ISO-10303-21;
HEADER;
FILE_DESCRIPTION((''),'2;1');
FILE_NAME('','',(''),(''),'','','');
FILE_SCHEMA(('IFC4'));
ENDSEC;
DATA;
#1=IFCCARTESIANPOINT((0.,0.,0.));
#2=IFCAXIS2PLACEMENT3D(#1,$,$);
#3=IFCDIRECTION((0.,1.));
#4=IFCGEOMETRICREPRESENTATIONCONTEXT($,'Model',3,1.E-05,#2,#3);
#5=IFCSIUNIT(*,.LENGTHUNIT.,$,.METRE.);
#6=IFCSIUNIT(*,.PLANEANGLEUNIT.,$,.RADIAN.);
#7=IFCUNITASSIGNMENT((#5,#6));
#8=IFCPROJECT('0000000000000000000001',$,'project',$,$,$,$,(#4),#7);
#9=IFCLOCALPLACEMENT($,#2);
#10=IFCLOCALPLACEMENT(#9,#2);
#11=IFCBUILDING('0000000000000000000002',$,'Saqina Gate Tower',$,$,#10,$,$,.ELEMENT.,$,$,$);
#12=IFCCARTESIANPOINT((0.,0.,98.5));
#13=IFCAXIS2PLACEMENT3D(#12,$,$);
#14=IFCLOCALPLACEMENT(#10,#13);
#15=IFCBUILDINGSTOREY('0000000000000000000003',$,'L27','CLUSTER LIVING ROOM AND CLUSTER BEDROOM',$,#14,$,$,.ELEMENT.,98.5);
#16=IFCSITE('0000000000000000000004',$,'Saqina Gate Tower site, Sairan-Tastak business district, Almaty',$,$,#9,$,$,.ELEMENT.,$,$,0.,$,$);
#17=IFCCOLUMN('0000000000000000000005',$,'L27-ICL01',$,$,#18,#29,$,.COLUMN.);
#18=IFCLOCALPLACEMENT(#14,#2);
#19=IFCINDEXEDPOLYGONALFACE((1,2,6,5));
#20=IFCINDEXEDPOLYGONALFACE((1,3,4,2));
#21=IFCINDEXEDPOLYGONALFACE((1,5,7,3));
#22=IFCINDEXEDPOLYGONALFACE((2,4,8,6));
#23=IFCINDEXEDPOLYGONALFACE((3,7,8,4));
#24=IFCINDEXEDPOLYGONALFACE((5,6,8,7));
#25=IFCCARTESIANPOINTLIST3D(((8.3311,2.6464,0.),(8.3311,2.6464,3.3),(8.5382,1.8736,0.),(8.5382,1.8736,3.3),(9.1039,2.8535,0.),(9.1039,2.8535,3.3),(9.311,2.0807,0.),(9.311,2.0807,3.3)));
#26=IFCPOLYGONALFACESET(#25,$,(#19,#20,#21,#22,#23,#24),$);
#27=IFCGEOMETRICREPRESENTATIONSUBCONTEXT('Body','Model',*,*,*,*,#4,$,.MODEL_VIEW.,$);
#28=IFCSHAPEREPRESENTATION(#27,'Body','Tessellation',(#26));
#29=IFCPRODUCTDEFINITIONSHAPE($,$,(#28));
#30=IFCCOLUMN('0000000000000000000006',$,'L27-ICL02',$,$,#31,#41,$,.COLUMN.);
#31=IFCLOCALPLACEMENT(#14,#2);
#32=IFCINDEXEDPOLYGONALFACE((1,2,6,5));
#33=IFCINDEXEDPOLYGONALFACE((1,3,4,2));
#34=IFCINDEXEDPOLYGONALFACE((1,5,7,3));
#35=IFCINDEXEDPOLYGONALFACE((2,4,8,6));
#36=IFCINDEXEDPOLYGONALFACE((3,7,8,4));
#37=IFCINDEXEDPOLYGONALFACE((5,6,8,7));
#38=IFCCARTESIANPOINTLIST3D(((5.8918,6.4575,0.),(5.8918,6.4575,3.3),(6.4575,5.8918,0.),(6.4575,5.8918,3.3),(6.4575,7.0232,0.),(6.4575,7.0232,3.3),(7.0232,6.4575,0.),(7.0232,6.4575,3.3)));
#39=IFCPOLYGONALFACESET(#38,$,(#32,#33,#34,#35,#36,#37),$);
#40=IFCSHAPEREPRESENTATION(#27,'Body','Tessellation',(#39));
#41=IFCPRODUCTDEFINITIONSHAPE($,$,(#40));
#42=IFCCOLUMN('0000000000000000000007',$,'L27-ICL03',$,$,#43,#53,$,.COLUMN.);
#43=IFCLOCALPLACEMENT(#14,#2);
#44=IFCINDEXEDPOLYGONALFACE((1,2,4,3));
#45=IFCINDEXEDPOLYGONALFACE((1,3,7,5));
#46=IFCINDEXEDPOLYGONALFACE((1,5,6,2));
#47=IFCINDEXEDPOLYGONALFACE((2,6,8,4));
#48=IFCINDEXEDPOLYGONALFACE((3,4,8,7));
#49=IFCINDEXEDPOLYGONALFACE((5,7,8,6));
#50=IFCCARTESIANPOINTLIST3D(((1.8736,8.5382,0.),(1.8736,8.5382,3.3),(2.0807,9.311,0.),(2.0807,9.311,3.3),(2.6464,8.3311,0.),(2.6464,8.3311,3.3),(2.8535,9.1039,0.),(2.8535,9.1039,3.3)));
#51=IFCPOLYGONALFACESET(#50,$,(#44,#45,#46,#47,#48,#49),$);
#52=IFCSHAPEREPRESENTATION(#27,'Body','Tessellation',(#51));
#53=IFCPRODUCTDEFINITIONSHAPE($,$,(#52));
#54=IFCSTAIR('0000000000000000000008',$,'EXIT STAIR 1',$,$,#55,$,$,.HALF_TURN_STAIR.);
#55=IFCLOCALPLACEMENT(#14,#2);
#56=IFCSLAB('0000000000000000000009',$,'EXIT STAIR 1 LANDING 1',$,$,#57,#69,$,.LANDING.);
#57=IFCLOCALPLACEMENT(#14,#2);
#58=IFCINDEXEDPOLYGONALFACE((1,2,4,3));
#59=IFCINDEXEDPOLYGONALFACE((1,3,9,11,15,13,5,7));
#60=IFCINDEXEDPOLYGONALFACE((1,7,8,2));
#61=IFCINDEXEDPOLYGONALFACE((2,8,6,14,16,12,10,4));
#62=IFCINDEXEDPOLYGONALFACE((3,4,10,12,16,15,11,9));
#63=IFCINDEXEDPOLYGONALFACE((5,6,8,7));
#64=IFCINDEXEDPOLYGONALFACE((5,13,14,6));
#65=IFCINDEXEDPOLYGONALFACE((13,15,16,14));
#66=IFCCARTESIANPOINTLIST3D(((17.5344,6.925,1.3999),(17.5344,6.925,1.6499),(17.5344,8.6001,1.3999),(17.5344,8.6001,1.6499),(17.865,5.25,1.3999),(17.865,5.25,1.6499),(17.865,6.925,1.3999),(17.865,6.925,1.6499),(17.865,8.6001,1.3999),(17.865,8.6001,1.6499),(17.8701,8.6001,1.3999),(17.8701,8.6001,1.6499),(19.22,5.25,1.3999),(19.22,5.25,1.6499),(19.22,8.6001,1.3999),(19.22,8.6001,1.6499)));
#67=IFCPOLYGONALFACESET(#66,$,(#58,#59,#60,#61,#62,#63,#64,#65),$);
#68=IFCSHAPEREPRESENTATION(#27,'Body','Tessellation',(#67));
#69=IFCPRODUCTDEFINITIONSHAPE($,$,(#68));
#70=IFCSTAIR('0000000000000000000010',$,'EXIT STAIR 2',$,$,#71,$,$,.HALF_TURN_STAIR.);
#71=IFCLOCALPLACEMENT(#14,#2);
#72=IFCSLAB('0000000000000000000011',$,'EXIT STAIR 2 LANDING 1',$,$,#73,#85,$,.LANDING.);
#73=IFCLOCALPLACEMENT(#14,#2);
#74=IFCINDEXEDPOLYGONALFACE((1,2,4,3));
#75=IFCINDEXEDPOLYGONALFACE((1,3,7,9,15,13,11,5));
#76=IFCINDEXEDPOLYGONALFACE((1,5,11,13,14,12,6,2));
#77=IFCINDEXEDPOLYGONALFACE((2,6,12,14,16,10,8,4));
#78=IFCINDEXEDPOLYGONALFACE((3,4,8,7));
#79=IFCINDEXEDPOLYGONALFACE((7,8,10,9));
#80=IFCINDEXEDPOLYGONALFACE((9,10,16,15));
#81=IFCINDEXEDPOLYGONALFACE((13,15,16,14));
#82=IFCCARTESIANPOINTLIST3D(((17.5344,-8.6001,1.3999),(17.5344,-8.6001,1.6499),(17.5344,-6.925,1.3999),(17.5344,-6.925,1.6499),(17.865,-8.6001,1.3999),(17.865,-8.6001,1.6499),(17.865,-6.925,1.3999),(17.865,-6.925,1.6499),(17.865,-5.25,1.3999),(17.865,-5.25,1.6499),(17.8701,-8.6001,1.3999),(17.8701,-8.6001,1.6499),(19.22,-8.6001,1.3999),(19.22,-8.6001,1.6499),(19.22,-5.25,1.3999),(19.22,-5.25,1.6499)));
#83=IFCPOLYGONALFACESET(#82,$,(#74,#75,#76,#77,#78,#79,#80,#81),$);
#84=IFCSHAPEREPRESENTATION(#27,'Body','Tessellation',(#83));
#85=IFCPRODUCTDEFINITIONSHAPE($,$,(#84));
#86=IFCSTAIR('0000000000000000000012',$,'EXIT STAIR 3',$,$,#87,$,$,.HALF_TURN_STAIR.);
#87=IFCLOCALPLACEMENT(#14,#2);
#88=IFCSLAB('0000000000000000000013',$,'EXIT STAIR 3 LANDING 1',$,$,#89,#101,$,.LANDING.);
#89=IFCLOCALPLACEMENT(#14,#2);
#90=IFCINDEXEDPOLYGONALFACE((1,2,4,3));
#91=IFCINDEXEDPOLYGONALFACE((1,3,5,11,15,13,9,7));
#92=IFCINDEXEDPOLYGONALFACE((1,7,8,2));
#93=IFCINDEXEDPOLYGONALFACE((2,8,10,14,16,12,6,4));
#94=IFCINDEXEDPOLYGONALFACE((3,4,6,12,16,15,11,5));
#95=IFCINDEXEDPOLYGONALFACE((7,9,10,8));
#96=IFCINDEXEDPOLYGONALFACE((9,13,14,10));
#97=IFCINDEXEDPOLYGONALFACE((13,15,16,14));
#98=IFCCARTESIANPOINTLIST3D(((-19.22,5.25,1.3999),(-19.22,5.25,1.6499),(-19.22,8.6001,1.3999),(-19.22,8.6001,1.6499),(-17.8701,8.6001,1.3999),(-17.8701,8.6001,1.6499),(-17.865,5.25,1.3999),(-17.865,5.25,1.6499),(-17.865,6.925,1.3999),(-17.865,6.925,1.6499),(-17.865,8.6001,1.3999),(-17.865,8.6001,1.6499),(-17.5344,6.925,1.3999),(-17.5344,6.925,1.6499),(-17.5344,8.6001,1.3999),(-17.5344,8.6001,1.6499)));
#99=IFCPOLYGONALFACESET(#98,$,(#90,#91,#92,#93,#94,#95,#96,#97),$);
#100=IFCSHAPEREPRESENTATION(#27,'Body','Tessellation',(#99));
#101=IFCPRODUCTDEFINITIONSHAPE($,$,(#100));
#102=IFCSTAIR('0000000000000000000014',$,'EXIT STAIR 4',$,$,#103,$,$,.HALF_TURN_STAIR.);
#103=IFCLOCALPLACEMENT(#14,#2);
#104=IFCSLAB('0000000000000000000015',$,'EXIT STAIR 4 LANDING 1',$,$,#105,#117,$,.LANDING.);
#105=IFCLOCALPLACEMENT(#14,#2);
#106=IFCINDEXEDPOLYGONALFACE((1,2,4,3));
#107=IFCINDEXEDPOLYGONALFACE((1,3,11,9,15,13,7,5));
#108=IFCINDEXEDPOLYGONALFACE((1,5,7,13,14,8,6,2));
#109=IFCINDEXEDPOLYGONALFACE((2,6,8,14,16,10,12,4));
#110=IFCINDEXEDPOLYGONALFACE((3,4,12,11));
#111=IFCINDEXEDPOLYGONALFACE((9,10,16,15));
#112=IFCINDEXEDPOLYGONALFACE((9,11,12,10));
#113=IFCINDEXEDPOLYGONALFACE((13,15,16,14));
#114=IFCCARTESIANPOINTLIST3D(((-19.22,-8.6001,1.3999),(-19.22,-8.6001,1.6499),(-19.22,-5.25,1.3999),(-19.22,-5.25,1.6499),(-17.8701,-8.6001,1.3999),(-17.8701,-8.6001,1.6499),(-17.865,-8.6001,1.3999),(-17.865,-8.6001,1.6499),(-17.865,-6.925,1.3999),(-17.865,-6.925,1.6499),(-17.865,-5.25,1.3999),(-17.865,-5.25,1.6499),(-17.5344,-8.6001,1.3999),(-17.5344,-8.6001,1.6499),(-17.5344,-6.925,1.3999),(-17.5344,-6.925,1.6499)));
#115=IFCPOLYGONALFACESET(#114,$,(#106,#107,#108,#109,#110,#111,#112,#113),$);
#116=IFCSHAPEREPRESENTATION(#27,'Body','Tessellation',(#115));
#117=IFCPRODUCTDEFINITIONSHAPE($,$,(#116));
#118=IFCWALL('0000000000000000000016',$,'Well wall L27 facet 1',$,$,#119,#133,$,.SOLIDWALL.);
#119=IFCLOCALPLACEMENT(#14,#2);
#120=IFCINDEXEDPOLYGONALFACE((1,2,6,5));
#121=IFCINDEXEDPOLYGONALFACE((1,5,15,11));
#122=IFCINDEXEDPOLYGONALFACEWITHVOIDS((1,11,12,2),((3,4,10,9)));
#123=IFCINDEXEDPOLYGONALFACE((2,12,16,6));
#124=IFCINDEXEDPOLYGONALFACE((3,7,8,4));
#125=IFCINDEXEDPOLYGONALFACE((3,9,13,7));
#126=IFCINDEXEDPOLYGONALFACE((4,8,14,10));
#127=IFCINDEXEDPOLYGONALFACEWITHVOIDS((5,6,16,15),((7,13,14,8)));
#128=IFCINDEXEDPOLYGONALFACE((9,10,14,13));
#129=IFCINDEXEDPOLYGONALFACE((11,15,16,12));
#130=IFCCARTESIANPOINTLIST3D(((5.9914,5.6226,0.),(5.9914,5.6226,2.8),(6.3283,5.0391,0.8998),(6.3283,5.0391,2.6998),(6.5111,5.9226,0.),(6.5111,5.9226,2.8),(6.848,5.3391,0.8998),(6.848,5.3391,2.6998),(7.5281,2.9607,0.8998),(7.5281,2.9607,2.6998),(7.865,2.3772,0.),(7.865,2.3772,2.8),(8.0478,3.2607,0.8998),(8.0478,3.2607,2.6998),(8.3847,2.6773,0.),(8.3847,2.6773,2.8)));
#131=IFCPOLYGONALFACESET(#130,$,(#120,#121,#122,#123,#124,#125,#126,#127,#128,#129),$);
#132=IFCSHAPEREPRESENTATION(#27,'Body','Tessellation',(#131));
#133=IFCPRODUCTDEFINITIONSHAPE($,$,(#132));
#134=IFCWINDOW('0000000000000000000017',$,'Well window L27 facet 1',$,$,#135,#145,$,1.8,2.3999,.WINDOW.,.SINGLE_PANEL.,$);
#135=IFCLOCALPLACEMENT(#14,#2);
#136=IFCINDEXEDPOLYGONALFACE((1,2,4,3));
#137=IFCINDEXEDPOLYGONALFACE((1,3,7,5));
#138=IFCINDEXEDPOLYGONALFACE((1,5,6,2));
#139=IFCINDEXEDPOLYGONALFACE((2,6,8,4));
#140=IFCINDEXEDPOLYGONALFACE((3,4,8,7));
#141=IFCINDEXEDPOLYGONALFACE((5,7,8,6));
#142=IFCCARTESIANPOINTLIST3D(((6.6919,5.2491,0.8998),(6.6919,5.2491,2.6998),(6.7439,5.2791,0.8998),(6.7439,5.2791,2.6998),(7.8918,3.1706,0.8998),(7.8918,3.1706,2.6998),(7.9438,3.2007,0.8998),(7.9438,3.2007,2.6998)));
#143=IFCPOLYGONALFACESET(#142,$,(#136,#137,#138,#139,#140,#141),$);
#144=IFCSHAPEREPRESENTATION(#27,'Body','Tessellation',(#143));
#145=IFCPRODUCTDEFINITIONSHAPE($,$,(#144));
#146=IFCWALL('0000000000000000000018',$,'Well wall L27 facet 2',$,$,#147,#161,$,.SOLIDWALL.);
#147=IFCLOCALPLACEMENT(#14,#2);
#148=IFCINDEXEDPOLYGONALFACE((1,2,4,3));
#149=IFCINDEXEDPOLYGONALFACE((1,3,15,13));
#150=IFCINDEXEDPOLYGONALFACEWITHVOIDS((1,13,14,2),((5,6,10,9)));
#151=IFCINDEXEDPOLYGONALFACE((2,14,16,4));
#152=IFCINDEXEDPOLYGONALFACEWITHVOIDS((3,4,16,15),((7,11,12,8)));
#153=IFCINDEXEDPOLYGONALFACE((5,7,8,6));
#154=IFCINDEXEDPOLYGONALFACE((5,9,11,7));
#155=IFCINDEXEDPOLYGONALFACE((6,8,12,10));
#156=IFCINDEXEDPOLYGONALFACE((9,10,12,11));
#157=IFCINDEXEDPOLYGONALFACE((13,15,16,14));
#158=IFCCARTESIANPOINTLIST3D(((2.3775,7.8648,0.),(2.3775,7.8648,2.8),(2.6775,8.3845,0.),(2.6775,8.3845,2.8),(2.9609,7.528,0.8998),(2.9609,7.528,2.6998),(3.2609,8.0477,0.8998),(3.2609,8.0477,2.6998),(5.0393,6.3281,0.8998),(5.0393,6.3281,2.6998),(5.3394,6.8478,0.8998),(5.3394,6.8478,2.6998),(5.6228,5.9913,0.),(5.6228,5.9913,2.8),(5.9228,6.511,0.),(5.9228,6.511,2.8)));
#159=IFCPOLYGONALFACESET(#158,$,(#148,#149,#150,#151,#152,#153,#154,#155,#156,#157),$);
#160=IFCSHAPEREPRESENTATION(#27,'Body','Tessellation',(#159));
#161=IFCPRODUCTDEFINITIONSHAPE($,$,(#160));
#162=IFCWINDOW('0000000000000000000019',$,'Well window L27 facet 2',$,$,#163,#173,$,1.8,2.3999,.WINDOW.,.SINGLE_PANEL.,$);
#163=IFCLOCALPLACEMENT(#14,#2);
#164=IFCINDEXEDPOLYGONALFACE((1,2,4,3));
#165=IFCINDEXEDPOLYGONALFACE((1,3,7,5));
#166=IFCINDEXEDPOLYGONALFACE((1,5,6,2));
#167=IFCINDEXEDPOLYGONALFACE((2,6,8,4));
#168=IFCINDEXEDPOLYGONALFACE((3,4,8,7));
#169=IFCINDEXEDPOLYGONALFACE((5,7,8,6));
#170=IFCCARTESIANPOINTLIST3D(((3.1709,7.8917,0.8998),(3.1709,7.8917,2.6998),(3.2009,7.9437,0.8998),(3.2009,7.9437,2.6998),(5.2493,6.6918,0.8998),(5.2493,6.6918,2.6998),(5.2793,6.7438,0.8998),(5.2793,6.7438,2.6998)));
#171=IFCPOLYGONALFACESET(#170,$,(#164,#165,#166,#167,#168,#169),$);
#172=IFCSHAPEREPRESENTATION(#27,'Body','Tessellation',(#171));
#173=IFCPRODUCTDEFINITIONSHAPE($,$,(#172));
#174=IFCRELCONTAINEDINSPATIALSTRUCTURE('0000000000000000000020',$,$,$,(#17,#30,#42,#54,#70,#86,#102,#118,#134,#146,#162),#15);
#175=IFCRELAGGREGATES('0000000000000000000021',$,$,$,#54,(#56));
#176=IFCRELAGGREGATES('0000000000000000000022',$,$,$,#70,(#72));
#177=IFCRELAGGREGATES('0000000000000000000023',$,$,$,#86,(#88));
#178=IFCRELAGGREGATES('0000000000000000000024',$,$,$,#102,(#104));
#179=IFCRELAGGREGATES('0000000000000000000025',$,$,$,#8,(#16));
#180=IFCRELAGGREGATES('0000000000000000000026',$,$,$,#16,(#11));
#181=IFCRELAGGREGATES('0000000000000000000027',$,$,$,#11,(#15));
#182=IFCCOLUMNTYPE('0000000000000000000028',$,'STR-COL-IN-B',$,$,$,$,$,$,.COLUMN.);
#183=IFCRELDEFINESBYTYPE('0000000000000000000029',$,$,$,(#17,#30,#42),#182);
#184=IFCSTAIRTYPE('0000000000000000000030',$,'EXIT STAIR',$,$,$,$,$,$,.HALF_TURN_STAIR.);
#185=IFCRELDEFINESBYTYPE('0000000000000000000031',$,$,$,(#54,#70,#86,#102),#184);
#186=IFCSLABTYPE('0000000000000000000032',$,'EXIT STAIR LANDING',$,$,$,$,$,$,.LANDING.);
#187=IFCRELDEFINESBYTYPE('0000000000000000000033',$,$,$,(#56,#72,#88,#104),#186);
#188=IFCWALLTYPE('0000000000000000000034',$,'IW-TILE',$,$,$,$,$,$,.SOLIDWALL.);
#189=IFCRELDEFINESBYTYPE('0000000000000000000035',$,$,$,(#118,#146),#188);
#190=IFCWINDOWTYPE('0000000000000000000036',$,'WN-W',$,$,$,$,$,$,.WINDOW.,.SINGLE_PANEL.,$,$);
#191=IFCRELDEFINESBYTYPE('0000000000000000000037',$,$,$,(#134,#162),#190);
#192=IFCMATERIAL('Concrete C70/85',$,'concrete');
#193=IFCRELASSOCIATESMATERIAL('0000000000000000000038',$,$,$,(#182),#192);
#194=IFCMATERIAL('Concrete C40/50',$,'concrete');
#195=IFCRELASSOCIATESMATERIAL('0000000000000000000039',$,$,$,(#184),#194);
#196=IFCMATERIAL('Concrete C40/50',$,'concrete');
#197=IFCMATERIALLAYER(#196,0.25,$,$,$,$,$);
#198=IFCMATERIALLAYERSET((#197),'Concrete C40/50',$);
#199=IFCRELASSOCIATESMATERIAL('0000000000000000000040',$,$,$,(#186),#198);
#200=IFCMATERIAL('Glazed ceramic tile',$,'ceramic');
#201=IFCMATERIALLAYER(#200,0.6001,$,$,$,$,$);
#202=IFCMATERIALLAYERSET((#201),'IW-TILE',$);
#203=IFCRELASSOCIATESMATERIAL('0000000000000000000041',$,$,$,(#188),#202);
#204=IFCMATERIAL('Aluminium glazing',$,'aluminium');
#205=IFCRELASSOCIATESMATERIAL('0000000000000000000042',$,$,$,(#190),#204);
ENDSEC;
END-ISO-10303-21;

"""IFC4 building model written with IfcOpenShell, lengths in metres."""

from ifc_helpers import new_model, si_unit, direction, frame, frame_2d, origin, origin_2d, place, context, subcontext, project, spatial, polyline, rectangle, outline, extrude, material, layer, layer_set, material_profile, profile_set, type_object, element, fill, aggregate, save


model = new_model("IFC4")

# Units and contexts
model_context = context("Model", 3, precision=1e-05, world=origin(), true_north=direction((0.0, 1.0)))
body_context = subcontext(model_context, "Body", "Model", "MODEL_VIEW")
ifc_project = project(units=[si_unit("LENGTHUNIT", "METRE"), si_unit("PLANEANGLEUNIT", "RADIAN")], contexts=[model_context])

# Site, building, storey
site_placement = place(None, origin())
site = spatial("IfcSite", under=ifc_project, at=site_placement, Name="Saqina Gate Tower site, Sairan-Tastak business district, Almaty", CompositionType="ELEMENT", RefElevation=0.0)
building_placement = place(site_placement, origin())
building = spatial("IfcBuilding", under=site, at=building_placement, Name="Saqina Gate Tower", CompositionType="ELEMENT")
storey_placement = place(building_placement, frame((0.0, 0.0, 98.5)))
storey = spatial("IfcBuildingStorey", under=building, at=storey_placement, Name="L27", Description="CLUSTER LIVING ROOM AND CLUSTER BEDROOM", CompositionType="ELEMENT", Elevation=98.5)

# Columns
ifc_material_1 = material(Name="Concrete C70/85", Category="concrete")
ifc_material_profile = material_profile(ifc_material_1, rectangle(XDim=0.8, YDim=0.8, at=origin_2d()), Name="RC 800x800")
ifc_profile_set = profile_set([ifc_material_profile], Name="Concrete C70/85")
column_type = type_object("IfcColumnType", Name="STR-COL-IN-B", PredefinedType="COLUMN", material=ifc_profile_set)
for number, where, z_axis, x_axis, name in (
    (1, (8.821, 2.3635, 0.0), (0.0, 0.0, 1.0), (0.965926, 0.258819, 0.0), "L27-ICL01"),
    (2, (6.4575, 6.4575, 0.0), (0.0, 0.0, 1.0), (0.707107, 0.707107, 0.0), "L27-ICL02"),
    (3, (2.3635, 8.821, 0.0), (0.0, 0.0, 1.0), (0.258819, 0.965926, 0.0), "L27-ICL03"),
):
    element("IfcColumn", number, at=place(storey_placement, frame(where, z_axis=z_axis, x_axis=x_axis)), inside=storey, type_object=column_type, Name=name, PredefinedType="COLUMN", context=body_context, shape_type="SweptSolid", body=[
        extrude(rectangle(XDim=0.8, YDim=0.8, at=origin_2d()), origin(), (0.0, 0.0, 1.0), 3.3),
    ])

# Stairs, slabs
ifc_material_2 = material(Name="Concrete C40/50", Category="concrete")
stair_type = type_object("IfcStairType", Name="EXIT STAIR", PredefinedType="HALF_TURN_STAIR", material=ifc_material_2)
stair_1_placement = place(storey_placement, origin())
stair_1 = element("IfcStair", 4, at=stair_1_placement, inside=storey, type_object=stair_type, Name="EXIT STAIR 1", PredefinedType="HALF_TURN_STAIR")
ifc_material_3 = material(Name="Concrete C40/50", Category="concrete")
ifc_layer_1 = layer(ifc_material_3, 0.25)
ifc_layer_set_1 = layer_set([ifc_layer_1], Name="Concrete C40/50")
slab_type = type_object("IfcSlabType", Name="EXIT STAIR LANDING", PredefinedType="LANDING", material=ifc_layer_set_1)
slab_1_placement = place(storey_placement, frame((0.0, 0.0, 1.3999)))
slab_1 = element("IfcSlab", 5, at=slab_1_placement, type_object=slab_type, Name="EXIT STAIR 1 LANDING 1", PredefinedType="LANDING", context=body_context, shape_type="SweptSolid", body=[
    extrude(outline(polyline([(19.22, 8.6001), (19.22, 5.25), (17.865, 5.25), (17.865, 6.925), (17.5344, 6.925), (17.5344, 8.6001), (17.865, 8.6001), (17.8701, 8.6001), (19.22, 8.6001)])), origin(), (0.0, 0.0, 1.0), 0.25),
])
aggregate(stair_1, [slab_1])
stair_2_placement = place(storey_placement, origin())
stair_2 = element("IfcStair", 6, at=stair_2_placement, inside=storey, type_object=stair_type, Name="EXIT STAIR 2", PredefinedType="HALF_TURN_STAIR")
slab_2_placement = place(storey_placement, frame((0.0, 0.0, 1.3999)))
slab_2 = element("IfcSlab", 7, at=slab_2_placement, type_object=slab_type, Name="EXIT STAIR 2 LANDING 1", PredefinedType="LANDING", context=body_context, shape_type="SweptSolid", body=[
    extrude(outline(polyline([(17.5344, -8.6001), (17.5344, -6.925), (17.865, -6.925), (17.865, -5.25), (19.22, -5.25), (19.22, -8.6001), (17.8701, -8.6001), (17.865, -8.6001), (17.5344, -8.6001)])), origin(), (0.0, 0.0, 1.0), 0.25),
])
aggregate(stair_2, [slab_2])
stair_3_placement = place(storey_placement, origin())
stair_3 = element("IfcStair", 8, at=stair_3_placement, inside=storey, type_object=stair_type, Name="EXIT STAIR 3", PredefinedType="HALF_TURN_STAIR")
slab_3_placement = place(storey_placement, frame((0.0, 0.0, 1.3999)))
slab_3 = element("IfcSlab", 9, at=slab_3_placement, type_object=slab_type, Name="EXIT STAIR 3 LANDING 1", PredefinedType="LANDING", context=body_context, shape_type="SweptSolid", body=[
    extrude(outline(polyline([(-17.865, 5.25), (-19.22, 5.25), (-19.22, 8.6001), (-17.8701, 8.6001), (-17.865, 8.6001), (-17.5344, 8.6001), (-17.5344, 6.925), (-17.865, 6.925), (-17.865, 5.25)])), origin(), (0.0, 0.0, 1.0), 0.25),
])
aggregate(stair_3, [slab_3])
stair_4_placement = place(storey_placement, origin())
stair_4 = element("IfcStair", 10, at=stair_4_placement, inside=storey, type_object=stair_type, Name="EXIT STAIR 4", PredefinedType="HALF_TURN_STAIR")
slab_4_placement = place(storey_placement, frame((0.0, 0.0, 1.3999)))
slab_4 = element("IfcSlab", 11, at=slab_4_placement, type_object=slab_type, Name="EXIT STAIR 4 LANDING 1", PredefinedType="LANDING", context=body_context, shape_type="SweptSolid", body=[
    extrude(outline(polyline([(-17.5344, -6.925), (-17.5344, -8.6001), (-17.865, -8.6001), (-17.8701, -8.6001), (-19.22, -8.6001), (-19.22, -5.25), (-17.865, -5.25), (-17.865, -6.925), (-17.5344, -6.925)])), origin(), (0.0, 0.0, 1.0), 0.25),
])
aggregate(stair_4, [slab_4])

# Walls, openings, windows
ifc_material_4 = material(Name="Glazed ceramic tile", Category="ceramic")
ifc_layer_2 = layer(ifc_material_4, 0.6001)
ifc_layer_set_2 = layer_set([ifc_layer_2], Name="IW-TILE")
wall_type_1 = type_object("IfcWallType", Name="IW-TILE", PredefinedType="SOLIDWALL", material=ifc_layer_set_2)
wall_1_placement = place(storey_placement, frame((8.1248, 2.5273, 0.0), z_axis=(0.0, 0.0, 1.0), x_axis=(-0.499965, 0.866046, 0.0)))
wall_1 = element("IfcWall", 12, at=wall_1_placement, inside=storey, type_object=wall_type_1, Name="Well wall L27 facet 1", PredefinedType="SOLIDWALL", context=body_context, shape_type="SweptSolid", body=[
    extrude(rectangle(XDim=3.7473, YDim=0.6001, at=frame_2d((1.8735, 0.0))), origin(), (0.0, 0.0, 1.0), 2.8),
])
opening_1_placement = place(wall_1_placement, frame((0.6736, 0.0, 0.8999)))
opening_1 = element("IfcOpeningElement", 13, at=opening_1_placement, cuts=wall_1, PredefinedType="OPENING", context=body_context, shape_type="SweptSolid", body=[
    extrude(rectangle(XDim=2.3999, YDim=1.8, at=frame_2d((1.2, 0.8999))), frame((0.0, 0.312, 0.0), z_axis=(0.0, -1.0, 0.0), x_axis=(1.0, 0.0, 0.0)), (0.0, 0.0, 1.0), 0.624),
])
ifc_material_5 = material(Name="Aluminium glazing", Category="aluminium")
window_type = type_object("IfcWindowType", Name="WN-W", PartitioningType="SINGLE_PANEL", PredefinedType="WINDOW", material=ifc_material_5)
window_1_placement = place(opening_1_placement, origin())
window_1 = element("IfcWindow", 14, at=window_1_placement, inside=storey, type_object=window_type, Name="Well window L27 facet 1", OverallHeight=1.8, OverallWidth=2.3999, PartitioningType="SINGLE_PANEL", PredefinedType="WINDOW", context=body_context, shape_type="SweptSolid", body=[
    extrude(rectangle(XDim=2.3999, YDim=1.8, at=frame_2d((1.2, 0.8999))), frame((0.0, -0.1199, 0.0), z_axis=(0.0, -1.0, 0.0), x_axis=(1.0, 0.0, 0.0)), (0.0, 0.0, 1.0), 0.0601),
])
fill(opening_1, window_1)
wall_2_placement = place(storey_placement, frame((5.7727, 6.2512, 0.0), z_axis=(0.0, 0.0, 1.0), x_axis=(-0.866046, 0.499965, 0.0)))
wall_2 = element("IfcWall", 15, at=wall_2_placement, inside=storey, type_object=wall_type_1, Name="Well wall L27 facet 2", PredefinedType="SOLIDWALL", context=body_context, shape_type="SweptSolid", body=[
    extrude(rectangle(XDim=3.7473, YDim=0.6001, at=frame_2d((1.8735, 0.0))), origin(), (0.0, 0.0, 1.0), 2.8),
])
opening_2_placement = place(wall_2_placement, frame((0.6736, 0.0, 0.8999)))
opening_2 = element("IfcOpeningElement", 16, at=opening_2_placement, cuts=wall_2, PredefinedType="OPENING", context=body_context, shape_type="SweptSolid", body=[
    extrude(rectangle(XDim=2.3999, YDim=1.8, at=frame_2d((1.2, 0.8999))), frame((0.0, 0.312, 0.0), z_axis=(0.0, -1.0, 0.0), x_axis=(1.0, 0.0, 0.0)), (0.0, 0.0, 1.0), 0.624),
])
window_2_placement = place(opening_2_placement, origin())
window_2 = element("IfcWindow", 17, at=window_2_placement, inside=storey, type_object=window_type, Name="Well window L27 facet 2", OverallHeight=1.8, OverallWidth=2.3999, PartitioningType="SINGLE_PANEL", PredefinedType="WINDOW", context=body_context, shape_type="SweptSolid", body=[
    extrude(rectangle(XDim=2.3999, YDim=1.8, at=frame_2d((1.2, 0.8999))), frame((0.0, -0.1199, 0.0), z_axis=(0.0, -1.0, 0.0), x_axis=(1.0, 0.0, 0.0)), (0.0, 0.0, 1.0), 0.0601),
])
fill(opening_2, window_2)

save(model, "model.ifc")
